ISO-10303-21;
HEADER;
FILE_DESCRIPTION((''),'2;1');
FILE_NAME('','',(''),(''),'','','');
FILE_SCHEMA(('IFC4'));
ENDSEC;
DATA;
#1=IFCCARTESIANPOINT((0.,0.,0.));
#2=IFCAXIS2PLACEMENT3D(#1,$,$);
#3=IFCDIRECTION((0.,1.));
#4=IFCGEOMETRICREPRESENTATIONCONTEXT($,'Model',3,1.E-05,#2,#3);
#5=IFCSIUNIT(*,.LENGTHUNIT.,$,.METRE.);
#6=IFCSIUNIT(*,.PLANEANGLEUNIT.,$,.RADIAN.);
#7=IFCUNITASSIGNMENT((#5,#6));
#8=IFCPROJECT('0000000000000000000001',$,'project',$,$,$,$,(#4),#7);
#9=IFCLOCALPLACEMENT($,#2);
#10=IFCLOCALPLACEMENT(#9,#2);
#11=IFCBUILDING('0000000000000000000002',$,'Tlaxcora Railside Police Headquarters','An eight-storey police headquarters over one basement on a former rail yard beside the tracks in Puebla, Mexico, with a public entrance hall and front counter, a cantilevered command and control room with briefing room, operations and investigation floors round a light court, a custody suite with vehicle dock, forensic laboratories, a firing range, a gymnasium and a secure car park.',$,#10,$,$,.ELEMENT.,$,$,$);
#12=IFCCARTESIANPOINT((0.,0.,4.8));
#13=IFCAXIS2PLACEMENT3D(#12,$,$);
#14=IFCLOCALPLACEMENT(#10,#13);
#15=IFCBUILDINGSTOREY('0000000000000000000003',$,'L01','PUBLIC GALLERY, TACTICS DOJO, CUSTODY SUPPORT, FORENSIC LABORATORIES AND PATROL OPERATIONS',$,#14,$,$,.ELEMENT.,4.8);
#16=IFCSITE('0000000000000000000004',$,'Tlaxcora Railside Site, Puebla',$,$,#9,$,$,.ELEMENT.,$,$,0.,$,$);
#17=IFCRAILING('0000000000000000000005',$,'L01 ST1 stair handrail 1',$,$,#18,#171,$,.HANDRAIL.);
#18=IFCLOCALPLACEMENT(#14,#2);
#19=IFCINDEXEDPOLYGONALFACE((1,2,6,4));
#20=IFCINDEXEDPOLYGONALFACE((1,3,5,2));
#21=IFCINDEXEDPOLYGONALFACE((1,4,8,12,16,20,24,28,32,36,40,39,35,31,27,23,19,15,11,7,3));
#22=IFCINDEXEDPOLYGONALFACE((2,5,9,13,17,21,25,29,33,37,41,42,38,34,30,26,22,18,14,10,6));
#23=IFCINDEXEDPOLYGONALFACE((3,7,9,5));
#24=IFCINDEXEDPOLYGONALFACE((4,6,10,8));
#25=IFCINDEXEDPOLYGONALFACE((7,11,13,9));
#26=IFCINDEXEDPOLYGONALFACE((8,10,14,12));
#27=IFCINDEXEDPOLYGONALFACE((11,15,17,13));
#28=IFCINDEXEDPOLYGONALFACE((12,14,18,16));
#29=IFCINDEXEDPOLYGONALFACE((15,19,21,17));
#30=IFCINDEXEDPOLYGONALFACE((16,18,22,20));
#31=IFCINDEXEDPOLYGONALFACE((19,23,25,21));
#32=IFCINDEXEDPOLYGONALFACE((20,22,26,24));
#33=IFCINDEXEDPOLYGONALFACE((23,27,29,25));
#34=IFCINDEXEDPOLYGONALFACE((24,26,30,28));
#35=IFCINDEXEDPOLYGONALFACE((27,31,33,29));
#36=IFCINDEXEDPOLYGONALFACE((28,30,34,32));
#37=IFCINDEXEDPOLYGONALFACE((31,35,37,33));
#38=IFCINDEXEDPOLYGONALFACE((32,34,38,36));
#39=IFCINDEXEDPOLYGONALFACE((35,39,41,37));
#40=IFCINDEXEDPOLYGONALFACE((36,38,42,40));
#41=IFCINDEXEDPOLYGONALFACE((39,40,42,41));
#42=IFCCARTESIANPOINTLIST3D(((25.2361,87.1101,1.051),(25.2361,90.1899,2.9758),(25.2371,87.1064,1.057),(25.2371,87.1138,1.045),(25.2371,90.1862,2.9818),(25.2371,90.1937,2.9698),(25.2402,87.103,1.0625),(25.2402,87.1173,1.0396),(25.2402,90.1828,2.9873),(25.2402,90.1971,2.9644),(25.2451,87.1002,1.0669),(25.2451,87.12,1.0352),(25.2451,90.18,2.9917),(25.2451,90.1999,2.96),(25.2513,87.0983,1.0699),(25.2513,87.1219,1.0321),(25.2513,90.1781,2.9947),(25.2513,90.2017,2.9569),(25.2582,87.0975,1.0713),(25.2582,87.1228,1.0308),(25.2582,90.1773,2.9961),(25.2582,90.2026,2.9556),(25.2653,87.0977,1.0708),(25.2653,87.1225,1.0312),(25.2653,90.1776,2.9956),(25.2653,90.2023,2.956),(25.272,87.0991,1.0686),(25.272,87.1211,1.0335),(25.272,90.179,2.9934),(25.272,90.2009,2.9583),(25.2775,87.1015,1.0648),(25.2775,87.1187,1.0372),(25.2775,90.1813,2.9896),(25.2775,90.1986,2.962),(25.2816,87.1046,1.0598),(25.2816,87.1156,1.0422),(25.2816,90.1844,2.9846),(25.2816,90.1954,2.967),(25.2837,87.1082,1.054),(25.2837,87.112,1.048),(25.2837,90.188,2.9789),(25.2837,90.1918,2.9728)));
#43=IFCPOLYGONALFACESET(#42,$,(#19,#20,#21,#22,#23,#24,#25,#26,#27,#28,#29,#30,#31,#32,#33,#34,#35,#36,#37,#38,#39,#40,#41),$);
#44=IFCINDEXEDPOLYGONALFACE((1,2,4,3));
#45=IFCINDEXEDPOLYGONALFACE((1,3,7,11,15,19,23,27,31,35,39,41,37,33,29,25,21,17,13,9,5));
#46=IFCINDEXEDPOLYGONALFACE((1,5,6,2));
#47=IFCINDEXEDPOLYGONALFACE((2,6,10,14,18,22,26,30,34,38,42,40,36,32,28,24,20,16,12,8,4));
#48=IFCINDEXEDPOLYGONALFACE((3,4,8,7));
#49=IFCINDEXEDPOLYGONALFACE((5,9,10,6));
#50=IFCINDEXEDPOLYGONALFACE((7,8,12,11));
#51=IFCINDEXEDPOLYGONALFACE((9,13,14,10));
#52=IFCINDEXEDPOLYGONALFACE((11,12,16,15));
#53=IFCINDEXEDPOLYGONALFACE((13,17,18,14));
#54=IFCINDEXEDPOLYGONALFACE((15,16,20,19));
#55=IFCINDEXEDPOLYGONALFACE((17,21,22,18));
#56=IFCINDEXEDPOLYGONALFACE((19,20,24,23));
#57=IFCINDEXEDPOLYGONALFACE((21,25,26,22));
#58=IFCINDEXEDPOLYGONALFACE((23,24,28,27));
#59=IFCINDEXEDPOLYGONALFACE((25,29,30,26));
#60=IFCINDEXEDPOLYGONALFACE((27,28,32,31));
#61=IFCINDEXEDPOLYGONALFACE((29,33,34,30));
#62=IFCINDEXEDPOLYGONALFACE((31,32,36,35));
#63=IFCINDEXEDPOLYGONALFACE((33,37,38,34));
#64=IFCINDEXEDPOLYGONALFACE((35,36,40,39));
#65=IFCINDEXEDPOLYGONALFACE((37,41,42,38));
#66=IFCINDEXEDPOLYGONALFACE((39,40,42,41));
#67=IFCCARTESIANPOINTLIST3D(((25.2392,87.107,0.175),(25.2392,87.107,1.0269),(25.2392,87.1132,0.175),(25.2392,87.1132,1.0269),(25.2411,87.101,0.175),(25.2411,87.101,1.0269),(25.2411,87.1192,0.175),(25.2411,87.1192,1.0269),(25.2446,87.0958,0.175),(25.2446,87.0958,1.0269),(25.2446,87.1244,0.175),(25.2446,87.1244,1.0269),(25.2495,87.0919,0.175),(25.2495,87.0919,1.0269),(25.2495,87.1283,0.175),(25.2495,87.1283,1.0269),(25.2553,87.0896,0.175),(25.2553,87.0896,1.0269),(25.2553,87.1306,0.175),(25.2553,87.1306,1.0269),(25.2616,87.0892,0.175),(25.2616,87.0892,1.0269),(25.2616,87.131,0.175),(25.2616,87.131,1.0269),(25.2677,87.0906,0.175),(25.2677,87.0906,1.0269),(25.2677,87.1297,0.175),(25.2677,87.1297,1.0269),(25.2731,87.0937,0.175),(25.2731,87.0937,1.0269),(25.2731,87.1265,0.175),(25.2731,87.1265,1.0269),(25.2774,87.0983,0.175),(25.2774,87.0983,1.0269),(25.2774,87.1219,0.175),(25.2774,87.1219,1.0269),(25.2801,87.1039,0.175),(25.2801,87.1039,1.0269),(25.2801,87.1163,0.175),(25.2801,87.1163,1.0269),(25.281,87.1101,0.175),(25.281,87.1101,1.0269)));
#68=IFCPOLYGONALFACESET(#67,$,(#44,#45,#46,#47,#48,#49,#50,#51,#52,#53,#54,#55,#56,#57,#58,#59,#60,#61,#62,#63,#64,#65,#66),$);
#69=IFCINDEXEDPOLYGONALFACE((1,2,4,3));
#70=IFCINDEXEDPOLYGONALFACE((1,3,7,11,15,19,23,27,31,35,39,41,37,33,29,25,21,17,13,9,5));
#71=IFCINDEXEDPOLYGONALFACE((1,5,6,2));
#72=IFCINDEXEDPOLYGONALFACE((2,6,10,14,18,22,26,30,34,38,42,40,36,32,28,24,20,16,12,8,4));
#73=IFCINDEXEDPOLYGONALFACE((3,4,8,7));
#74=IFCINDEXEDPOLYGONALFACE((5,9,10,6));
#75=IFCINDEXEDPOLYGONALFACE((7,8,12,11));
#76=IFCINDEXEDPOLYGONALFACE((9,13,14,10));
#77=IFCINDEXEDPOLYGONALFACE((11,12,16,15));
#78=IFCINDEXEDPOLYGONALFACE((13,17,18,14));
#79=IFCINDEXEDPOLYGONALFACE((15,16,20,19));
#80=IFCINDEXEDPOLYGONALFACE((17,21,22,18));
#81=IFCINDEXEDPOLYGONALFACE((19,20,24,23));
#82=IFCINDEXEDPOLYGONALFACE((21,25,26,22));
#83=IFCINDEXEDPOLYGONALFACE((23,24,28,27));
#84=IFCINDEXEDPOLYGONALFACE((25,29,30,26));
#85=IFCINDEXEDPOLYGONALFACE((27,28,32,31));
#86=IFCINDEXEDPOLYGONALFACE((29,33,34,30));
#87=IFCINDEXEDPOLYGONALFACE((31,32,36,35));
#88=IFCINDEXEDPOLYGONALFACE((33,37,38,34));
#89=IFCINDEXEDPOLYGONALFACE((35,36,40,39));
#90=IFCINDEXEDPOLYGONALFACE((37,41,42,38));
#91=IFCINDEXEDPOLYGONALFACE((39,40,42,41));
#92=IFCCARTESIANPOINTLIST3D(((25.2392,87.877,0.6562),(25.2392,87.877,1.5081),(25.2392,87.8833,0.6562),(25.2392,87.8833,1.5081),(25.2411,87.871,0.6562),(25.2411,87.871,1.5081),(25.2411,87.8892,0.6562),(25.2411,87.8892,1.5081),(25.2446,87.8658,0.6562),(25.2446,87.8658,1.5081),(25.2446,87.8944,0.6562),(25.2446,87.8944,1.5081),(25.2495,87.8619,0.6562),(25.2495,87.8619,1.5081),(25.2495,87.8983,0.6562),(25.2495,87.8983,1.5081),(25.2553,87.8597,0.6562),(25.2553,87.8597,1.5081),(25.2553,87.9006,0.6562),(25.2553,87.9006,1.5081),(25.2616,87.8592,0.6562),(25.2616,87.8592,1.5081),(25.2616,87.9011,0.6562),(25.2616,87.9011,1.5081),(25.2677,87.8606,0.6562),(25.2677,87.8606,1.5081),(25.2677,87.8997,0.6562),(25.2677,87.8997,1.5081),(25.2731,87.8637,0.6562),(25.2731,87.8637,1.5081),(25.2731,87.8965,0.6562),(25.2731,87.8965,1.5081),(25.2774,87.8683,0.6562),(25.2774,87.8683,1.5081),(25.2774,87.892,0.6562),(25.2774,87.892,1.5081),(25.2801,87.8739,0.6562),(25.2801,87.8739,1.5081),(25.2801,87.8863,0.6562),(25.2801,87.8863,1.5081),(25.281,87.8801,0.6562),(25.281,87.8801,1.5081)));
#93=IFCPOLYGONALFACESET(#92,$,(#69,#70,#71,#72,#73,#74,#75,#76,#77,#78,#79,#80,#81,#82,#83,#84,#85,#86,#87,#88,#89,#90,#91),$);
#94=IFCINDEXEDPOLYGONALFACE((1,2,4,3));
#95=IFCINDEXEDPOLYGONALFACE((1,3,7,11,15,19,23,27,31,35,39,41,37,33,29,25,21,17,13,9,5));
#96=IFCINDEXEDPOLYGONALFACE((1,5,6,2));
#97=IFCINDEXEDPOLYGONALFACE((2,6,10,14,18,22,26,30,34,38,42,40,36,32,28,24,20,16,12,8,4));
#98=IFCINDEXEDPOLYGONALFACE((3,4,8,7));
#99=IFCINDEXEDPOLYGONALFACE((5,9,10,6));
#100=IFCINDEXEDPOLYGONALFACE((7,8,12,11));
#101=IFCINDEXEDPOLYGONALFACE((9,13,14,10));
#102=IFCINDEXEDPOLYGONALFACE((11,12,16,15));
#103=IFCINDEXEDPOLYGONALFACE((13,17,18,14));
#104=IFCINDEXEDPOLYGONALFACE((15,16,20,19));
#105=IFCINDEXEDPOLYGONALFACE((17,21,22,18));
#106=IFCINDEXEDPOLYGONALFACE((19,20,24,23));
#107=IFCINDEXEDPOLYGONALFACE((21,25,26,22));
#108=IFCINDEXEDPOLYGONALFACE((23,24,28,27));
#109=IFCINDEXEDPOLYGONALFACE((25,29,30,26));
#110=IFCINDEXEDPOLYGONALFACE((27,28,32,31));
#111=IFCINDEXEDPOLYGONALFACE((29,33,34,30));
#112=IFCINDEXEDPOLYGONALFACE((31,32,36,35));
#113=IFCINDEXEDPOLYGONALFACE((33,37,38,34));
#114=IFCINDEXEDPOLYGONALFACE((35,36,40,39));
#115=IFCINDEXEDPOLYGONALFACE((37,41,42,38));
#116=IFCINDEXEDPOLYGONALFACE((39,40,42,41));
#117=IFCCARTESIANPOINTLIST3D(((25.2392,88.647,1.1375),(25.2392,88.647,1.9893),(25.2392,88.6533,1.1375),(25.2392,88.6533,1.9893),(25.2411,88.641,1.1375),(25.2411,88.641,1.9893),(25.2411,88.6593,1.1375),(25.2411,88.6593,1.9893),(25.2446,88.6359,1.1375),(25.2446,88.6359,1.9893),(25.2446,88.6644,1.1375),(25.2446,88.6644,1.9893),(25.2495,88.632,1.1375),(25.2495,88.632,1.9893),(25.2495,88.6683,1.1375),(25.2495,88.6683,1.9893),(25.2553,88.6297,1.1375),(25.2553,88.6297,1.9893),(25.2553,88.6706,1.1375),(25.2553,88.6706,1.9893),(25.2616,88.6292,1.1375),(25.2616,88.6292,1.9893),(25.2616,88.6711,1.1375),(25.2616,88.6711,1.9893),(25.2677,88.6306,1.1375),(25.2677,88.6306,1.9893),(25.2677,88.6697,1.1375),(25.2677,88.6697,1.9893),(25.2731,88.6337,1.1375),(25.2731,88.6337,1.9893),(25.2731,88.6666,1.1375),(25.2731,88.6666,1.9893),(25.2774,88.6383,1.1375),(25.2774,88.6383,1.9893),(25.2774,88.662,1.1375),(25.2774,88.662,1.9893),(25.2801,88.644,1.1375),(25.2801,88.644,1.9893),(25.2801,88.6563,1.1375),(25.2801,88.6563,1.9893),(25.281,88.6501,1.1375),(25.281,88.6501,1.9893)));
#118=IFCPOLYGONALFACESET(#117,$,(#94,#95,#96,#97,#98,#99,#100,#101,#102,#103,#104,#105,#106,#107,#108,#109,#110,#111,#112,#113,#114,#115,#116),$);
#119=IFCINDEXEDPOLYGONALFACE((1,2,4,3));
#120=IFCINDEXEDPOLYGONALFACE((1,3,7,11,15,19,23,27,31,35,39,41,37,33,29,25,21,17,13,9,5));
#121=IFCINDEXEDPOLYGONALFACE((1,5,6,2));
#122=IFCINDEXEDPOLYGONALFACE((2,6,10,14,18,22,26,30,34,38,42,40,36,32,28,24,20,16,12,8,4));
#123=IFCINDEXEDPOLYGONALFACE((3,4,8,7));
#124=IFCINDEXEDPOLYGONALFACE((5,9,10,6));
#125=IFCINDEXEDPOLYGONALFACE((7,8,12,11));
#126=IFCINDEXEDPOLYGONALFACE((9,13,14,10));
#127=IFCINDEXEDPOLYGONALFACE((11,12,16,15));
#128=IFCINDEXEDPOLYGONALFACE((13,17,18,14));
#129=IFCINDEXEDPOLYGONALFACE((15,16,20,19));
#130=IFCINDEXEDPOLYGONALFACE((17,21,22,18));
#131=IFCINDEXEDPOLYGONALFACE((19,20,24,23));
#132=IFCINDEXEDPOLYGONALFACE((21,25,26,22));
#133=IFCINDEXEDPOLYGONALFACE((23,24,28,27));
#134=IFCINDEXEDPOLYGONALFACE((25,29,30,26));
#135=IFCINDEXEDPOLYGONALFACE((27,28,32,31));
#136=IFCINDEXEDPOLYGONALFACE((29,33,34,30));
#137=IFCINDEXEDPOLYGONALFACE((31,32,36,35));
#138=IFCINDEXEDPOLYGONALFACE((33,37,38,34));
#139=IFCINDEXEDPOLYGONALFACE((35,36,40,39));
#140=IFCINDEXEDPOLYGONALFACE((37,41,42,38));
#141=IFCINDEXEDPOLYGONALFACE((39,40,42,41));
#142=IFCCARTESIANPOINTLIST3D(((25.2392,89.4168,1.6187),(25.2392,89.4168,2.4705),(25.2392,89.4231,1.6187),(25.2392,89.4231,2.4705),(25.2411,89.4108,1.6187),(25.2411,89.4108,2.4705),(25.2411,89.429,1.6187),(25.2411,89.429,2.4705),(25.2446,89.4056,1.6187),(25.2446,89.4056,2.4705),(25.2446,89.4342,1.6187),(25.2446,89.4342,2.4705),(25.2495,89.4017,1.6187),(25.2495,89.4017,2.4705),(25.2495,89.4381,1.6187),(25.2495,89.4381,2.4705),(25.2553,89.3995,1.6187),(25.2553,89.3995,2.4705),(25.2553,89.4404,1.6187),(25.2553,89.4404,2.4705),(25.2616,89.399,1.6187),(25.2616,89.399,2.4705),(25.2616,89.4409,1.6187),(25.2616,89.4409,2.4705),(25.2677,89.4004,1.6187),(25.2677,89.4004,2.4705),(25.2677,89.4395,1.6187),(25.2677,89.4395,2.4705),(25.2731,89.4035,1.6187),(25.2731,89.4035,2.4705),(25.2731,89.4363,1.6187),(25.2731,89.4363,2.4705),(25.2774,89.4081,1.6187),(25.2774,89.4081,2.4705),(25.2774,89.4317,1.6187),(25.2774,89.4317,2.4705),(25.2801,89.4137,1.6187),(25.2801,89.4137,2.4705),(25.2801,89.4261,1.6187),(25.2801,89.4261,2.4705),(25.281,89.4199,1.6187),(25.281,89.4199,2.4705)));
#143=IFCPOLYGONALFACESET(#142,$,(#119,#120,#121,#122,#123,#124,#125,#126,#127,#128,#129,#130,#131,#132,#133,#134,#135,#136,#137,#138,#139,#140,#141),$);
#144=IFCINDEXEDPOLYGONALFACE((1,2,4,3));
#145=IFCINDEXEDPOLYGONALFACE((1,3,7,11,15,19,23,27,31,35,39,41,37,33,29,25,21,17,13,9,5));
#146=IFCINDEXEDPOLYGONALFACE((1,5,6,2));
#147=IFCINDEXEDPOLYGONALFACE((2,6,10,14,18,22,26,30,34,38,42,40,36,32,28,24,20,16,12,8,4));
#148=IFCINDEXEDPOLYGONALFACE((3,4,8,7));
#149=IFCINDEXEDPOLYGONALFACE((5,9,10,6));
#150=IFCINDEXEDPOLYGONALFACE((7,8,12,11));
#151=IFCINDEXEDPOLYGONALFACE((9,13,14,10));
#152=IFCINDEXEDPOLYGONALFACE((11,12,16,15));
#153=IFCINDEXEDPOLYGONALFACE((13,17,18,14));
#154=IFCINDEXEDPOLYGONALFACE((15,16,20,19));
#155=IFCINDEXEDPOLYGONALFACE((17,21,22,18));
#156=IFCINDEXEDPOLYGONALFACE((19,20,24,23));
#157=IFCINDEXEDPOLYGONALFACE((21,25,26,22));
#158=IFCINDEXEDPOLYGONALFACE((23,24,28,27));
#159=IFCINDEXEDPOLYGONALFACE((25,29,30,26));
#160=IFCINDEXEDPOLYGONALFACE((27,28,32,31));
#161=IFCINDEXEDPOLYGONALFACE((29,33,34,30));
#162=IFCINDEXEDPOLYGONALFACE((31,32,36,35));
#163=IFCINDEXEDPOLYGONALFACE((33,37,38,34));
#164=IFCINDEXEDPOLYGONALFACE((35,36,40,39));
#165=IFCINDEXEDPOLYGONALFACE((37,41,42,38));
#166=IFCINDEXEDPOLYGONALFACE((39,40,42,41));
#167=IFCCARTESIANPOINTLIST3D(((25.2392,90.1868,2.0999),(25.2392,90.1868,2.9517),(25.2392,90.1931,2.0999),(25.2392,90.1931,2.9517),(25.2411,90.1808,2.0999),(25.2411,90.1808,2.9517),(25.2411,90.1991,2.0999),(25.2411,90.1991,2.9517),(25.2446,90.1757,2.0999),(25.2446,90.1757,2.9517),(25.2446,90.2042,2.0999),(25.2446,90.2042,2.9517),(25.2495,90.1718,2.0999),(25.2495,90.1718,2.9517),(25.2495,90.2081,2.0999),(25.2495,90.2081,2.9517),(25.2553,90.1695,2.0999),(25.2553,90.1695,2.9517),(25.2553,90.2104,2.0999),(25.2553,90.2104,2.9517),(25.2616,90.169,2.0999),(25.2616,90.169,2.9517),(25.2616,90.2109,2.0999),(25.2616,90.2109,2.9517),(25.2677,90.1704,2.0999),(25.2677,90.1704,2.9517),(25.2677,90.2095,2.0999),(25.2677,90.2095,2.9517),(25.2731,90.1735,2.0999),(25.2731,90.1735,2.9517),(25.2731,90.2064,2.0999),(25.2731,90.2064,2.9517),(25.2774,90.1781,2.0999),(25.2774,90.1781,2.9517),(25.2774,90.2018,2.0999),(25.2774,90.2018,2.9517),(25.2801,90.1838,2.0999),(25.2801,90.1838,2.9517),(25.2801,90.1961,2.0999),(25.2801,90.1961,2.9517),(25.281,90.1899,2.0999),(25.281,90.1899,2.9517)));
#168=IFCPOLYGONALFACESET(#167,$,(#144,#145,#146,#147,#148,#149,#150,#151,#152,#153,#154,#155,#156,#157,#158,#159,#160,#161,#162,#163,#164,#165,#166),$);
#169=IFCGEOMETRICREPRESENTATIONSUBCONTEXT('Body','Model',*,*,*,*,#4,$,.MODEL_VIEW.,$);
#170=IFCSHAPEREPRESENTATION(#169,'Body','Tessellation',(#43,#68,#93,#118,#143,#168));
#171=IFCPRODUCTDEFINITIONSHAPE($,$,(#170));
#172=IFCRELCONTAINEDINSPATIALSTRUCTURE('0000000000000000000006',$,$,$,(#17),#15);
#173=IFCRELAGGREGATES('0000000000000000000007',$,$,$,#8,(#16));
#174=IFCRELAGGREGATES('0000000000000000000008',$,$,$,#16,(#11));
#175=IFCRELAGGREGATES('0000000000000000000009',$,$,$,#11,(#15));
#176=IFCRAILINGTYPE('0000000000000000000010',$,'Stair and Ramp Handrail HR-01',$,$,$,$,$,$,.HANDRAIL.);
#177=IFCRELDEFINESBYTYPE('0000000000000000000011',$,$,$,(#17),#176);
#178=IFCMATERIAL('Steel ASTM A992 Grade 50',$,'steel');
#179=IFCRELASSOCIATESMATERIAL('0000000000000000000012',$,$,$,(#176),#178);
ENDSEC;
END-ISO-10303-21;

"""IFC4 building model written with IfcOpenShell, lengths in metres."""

from ifc_helpers import new_model, si_unit, direction, frame, origin, origin_2d, place, context, subcontext, project, spatial, circle, extrude, material, type_object, element, save


model = new_model("IFC4")

# Units and contexts
model_context = context("Model", 3, precision=1e-05, world=origin(), true_north=direction((0.0, 1.0)))
body_context = subcontext(model_context, "Body", "Model", "MODEL_VIEW")
ifc_project = project(units=[si_unit("LENGTHUNIT", "METRE"), si_unit("PLANEANGLEUNIT", "RADIAN")], contexts=[model_context])

# Site, building, storey
site_placement = place(None, origin())
site = spatial("IfcSite", under=ifc_project, at=site_placement, Name="Tlaxcora Railside Site, Puebla", CompositionType="ELEMENT", RefElevation=0.0)
building_placement = place(site_placement, origin())
building = spatial("IfcBuilding", under=site, at=building_placement, Name="Tlaxcora Railside Police Headquarters", Description="An eight-storey police headquarters over one basement on a former rail yard beside the tracks in Puebla, Mexico, with a public entrance hall and front counter, a cantilevered command and control room with briefing room, operations and investigation floors round a light court, a custody suite with vehicle dock, forensic laboratories, a firing range, a gymnasium and a secure car park.", CompositionType="ELEMENT")
storey_placement = place(building_placement, frame((0.0, 0.0, 4.8)))
storey = spatial("IfcBuildingStorey", under=building, at=storey_placement, Name="L01", Description="PUBLIC GALLERY, TACTICS DOJO, CUSTODY SUPPORT, FORENSIC LABORATORIES AND PATROL OPERATIONS", CompositionType="ELEMENT", Elevation=4.8)

# Shared definitions
ifc_material_1 = material(Name="Steel ASTM A992 Grade 50", Category="steel")

# Railing
railing_type_1 = type_object("IfcRailingType", Name="Stair and Ramp Handrail HR-01", PredefinedType="HANDRAIL", material=ifc_material_1)
railing_1_placement = place(storey_placement, frame((25.26, 87.1101, 0.175)))
element("IfcRailing", 1, at=railing_1_placement, inside=storey, type_object=railing_type_1, Name="L01 ST1 stair handrail 1", PredefinedType="HANDRAIL", context=body_context, shape_type="SweptSolid", body=[
    extrude(circle(Radius=0.0239, at=origin_2d()), frame((0.0, 0.0, 0.876), z_axis=(0.0, 0.84801, 0.529981), x_axis=(-1.0, 0.0, 0.0)), (0.0, 0.0, 1.0), 3.6318),
    extrude(circle(Radius=0.021, at=origin_2d()), origin(), (0.0, 0.0, 1.0), 0.8518),
    extrude(circle(Radius=0.021, at=origin_2d()), frame((0.0, 0.77, 0.4812)), (0.0, 0.0, 1.0), 0.8518),
    extrude(circle(Radius=0.021, at=origin_2d()), frame((0.0, 1.54, 0.9624)), (0.0, 0.0, 1.0), 0.8518),
    extrude(circle(Radius=0.021, at=origin_2d()), frame((0.0, 2.3098, 1.4436)), (0.0, 0.0, 1.0), 0.8518),
    extrude(circle(Radius=0.021, at=origin_2d()), frame((0.0, 3.0798, 1.9248)), (0.0, 0.0, 1.0), 0.8518),
])

save(model, "model.ifc")
